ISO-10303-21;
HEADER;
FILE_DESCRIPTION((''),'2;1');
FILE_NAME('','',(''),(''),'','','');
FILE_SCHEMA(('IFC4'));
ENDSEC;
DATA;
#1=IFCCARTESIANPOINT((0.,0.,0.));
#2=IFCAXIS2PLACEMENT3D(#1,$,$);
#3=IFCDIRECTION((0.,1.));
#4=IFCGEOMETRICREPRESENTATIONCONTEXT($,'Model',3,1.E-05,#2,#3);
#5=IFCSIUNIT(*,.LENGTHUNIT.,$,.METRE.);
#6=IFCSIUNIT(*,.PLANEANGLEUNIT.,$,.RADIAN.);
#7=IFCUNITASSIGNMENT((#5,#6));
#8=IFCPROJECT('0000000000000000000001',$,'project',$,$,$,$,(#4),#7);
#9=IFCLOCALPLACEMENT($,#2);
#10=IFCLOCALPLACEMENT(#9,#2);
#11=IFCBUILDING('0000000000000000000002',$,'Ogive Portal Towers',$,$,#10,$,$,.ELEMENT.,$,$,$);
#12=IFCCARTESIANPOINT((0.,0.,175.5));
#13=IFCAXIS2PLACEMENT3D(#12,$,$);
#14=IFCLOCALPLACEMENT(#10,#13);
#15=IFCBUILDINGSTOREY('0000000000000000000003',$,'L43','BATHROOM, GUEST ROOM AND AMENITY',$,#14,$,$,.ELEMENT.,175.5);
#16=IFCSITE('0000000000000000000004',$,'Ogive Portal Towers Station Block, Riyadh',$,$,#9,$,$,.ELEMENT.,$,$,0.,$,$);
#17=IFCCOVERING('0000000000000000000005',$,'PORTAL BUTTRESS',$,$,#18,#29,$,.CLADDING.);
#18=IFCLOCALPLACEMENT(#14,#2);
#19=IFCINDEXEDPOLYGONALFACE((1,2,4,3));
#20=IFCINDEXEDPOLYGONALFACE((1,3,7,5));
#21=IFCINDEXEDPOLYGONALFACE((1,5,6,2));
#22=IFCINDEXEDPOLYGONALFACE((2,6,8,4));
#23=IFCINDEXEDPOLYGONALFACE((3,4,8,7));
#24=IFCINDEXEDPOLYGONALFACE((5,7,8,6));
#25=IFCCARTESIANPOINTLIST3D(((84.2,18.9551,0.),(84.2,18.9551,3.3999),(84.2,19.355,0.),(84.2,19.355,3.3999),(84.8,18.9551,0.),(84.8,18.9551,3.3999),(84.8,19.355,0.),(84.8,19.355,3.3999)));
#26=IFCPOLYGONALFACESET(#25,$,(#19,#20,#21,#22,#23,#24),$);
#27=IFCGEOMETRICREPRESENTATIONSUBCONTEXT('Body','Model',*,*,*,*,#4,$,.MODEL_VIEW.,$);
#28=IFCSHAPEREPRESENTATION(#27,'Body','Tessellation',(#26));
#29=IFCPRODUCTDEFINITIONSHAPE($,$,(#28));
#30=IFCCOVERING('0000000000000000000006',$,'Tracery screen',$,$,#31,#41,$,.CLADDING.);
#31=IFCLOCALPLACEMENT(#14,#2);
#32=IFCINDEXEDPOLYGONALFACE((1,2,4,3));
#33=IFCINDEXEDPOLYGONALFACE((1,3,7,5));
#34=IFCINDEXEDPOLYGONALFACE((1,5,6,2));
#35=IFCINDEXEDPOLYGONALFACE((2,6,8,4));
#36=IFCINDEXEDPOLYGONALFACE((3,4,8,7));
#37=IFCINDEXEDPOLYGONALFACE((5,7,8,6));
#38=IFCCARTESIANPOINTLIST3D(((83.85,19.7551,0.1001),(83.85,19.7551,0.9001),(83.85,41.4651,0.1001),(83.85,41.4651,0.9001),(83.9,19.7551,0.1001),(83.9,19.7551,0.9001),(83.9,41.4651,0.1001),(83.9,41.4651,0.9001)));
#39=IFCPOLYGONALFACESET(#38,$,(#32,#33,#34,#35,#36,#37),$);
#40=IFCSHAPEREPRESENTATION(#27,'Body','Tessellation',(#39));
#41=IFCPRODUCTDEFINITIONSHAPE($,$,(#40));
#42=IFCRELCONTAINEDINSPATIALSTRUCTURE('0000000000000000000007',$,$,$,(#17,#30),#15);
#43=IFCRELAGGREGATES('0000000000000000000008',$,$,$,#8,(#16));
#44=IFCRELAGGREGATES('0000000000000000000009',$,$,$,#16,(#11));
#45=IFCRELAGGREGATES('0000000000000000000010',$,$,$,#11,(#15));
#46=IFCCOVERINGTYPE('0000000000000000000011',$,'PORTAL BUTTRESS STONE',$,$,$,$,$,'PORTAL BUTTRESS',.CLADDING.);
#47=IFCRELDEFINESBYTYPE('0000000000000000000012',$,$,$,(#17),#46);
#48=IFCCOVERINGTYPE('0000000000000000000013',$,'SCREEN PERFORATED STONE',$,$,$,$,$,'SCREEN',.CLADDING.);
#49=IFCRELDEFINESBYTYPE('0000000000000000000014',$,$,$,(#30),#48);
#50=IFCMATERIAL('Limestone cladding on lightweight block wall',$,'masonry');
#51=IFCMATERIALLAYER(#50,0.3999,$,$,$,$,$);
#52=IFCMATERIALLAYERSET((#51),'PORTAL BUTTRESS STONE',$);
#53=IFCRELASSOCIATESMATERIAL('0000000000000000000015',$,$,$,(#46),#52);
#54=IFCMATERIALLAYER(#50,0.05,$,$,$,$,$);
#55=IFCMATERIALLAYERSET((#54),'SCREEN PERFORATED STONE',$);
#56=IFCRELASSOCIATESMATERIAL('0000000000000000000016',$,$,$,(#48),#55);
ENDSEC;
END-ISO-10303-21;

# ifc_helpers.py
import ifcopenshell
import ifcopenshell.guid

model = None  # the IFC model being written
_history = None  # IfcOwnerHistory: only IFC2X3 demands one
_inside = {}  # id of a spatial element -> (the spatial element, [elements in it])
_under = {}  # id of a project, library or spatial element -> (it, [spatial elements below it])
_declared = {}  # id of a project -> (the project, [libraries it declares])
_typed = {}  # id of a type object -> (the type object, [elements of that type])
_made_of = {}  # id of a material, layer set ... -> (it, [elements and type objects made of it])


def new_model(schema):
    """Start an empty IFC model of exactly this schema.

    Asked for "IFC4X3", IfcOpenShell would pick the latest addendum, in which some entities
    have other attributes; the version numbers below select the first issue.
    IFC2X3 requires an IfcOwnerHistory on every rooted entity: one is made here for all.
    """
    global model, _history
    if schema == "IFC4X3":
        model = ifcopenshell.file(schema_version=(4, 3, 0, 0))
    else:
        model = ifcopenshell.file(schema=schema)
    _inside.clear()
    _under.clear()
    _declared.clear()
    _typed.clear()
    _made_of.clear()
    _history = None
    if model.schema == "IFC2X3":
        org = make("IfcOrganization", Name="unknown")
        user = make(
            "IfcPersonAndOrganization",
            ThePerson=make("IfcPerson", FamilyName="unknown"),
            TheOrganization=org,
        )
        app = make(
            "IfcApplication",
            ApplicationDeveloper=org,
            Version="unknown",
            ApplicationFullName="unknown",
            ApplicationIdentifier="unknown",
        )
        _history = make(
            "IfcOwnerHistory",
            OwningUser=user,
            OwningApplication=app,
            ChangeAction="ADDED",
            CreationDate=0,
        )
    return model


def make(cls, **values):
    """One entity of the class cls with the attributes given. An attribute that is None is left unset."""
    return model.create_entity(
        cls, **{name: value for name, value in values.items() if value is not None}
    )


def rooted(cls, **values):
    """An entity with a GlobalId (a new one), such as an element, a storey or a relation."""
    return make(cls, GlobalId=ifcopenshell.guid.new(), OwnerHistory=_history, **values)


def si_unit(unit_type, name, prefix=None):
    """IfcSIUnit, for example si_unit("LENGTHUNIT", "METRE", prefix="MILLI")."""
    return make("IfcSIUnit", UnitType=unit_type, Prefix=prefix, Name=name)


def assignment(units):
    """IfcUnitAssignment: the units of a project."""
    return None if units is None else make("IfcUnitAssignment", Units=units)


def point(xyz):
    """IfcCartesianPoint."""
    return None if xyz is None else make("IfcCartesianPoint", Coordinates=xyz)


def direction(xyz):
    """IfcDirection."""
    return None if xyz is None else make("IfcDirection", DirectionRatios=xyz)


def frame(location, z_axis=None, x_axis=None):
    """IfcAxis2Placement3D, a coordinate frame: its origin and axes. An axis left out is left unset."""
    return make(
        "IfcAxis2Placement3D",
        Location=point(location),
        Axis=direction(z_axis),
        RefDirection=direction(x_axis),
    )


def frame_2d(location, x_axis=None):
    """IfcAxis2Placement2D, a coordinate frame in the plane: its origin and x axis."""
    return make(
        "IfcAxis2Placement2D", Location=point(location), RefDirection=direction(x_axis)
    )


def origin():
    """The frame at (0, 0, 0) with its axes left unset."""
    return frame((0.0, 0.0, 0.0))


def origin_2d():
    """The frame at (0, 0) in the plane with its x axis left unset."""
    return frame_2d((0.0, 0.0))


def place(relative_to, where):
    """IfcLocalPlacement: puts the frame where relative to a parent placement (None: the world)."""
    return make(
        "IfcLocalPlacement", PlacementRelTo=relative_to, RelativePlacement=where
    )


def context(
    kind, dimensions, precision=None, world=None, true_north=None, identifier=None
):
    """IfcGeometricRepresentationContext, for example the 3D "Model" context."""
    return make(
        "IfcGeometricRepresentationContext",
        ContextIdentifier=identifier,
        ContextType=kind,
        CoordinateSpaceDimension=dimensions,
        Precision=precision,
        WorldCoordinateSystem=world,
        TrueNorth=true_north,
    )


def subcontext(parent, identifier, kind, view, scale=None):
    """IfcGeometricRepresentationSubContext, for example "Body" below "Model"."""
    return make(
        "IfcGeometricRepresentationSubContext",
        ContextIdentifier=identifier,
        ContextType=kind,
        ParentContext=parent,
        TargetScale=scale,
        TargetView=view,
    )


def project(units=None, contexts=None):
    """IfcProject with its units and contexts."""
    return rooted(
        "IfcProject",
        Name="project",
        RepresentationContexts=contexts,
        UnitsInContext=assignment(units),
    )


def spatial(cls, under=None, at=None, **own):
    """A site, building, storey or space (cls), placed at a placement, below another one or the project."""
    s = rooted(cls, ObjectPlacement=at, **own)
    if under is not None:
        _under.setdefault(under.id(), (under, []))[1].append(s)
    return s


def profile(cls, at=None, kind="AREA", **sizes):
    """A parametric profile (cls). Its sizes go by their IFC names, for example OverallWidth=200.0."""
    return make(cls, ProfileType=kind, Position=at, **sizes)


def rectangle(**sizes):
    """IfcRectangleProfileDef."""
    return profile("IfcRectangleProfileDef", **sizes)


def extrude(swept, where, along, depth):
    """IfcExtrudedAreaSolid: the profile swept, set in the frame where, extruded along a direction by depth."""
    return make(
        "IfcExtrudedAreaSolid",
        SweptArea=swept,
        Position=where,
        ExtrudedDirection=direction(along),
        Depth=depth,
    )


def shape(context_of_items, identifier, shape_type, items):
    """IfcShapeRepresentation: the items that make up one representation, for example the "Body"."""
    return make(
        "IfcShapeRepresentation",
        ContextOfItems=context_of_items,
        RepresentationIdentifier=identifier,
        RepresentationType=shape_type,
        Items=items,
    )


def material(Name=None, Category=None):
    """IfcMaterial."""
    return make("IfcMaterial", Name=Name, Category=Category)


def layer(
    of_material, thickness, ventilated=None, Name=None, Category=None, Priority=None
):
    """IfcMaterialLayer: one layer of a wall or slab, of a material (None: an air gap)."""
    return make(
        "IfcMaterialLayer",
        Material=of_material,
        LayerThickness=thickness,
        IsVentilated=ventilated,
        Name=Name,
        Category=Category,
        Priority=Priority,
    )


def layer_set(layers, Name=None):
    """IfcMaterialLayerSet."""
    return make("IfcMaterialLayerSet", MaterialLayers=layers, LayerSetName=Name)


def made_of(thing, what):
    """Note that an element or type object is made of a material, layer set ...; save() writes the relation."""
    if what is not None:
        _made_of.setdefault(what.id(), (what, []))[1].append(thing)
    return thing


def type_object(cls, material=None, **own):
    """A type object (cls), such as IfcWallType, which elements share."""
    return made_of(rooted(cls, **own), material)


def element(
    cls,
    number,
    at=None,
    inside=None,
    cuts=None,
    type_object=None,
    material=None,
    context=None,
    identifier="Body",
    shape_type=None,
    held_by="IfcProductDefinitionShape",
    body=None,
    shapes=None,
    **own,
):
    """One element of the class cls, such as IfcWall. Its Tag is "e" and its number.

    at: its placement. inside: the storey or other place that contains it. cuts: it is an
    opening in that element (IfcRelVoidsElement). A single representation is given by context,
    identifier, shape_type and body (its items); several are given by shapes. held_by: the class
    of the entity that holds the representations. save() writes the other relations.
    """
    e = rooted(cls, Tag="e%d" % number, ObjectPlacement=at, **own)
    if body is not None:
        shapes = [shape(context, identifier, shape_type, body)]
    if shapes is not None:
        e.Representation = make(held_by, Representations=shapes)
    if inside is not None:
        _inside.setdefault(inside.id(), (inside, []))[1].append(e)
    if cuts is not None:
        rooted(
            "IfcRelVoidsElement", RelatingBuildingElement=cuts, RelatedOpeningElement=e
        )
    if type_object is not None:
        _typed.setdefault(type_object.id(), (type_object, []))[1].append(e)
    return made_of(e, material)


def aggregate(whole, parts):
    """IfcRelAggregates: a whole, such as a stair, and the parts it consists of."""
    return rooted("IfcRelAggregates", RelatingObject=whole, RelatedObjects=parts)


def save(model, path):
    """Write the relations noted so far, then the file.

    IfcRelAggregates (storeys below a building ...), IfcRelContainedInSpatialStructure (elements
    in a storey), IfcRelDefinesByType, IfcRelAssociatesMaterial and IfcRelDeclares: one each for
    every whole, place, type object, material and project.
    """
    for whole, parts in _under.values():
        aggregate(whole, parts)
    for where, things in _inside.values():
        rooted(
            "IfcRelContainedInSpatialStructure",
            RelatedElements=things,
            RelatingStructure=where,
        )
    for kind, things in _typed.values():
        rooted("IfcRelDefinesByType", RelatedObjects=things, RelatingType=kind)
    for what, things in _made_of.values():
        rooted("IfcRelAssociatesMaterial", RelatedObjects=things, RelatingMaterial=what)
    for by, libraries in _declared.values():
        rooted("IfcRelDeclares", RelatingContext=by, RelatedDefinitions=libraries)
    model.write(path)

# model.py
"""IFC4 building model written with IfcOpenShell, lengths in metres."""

from ifc_helpers import new_model, si_unit, direction, frame, origin, origin_2d, place, context, subcontext, project, spatial, rectangle, extrude, material, layer, layer_set, type_object, element, save


model = new_model("IFC4")

# Units and contexts
model_context = context("Model", 3, precision=1e-05, world=origin(), true_north=direction((0.0, 1.0)))
body_context = subcontext(model_context, "Body", "Model", "MODEL_VIEW")
ifc_project = project(units=[si_unit("LENGTHUNIT", "METRE"), si_unit("PLANEANGLEUNIT", "RADIAN")], contexts=[model_context])

# Site, building, storey
site_placement = place(None, origin())
site = spatial("IfcSite", under=ifc_project, at=site_placement, Name="Ogive Portal Towers Station Block, Riyadh", CompositionType="ELEMENT", RefElevation=0.0)
building_placement = place(site_placement, origin())
building = spatial("IfcBuilding", under=site, at=building_placement, Name="Ogive Portal Towers", CompositionType="ELEMENT")
storey_placement = place(building_placement, frame((0.0, 0.0, 175.5)))
storey = spatial("IfcBuildingStorey", under=building, at=storey_placement, Name="L43", Description="BATHROOM, GUEST ROOM AND AMENITY", CompositionType="ELEMENT", Elevation=175.5)

# Shared definitions
ifc_material_1 = material(Name="Limestone cladding on lightweight block wall", Category="masonry")

# Coverings
ifc_layer_1 = layer(ifc_material_1, 0.3999)
ifc_layer_set_1 = layer_set([ifc_layer_1], Name="PORTAL BUTTRESS STONE")
covering_type_1 = type_object("IfcCoveringType", Name="PORTAL BUTTRESS STONE", ElementType="PORTAL BUTTRESS", PredefinedType="CLADDING", material=ifc_layer_set_1)
covering_1_placement = place(storey_placement, frame((84.5, 19.155, 0.0), z_axis=(0.0, 0.0, 1.0), x_axis=(1.0, 0.0, 0.0)))
element("IfcCovering", 1, at=covering_1_placement, inside=storey, type_object=covering_type_1, Name="PORTAL BUTTRESS", PredefinedType="CLADDING", context=body_context, shape_type="SweptSolid", body=[
    extrude(rectangle(XDim=0.6001, YDim=0.3999, at=origin_2d()), origin(), (0.0, 0.0, 1.0), 3.3999),
])
ifc_layer_2 = layer(ifc_material_1, 0.05)
ifc_layer_set_2 = layer_set([ifc_layer_2], Name="SCREEN PERFORATED STONE")
covering_type_2 = type_object("IfcCoveringType", Name="SCREEN PERFORATED STONE", ElementType="SCREEN", PredefinedType="CLADDING", material=ifc_layer_set_2)
covering_2_placement = place(storey_placement, frame((83.875, 30.6101, 0.1001), z_axis=(0.0, 0.0, 1.0), x_axis=(0.0, -1.0, 0.0)))
element("IfcCovering", 2, at=covering_2_placement, inside=storey, type_object=covering_type_2, Name="Tracery screen", PredefinedType="CLADDING", context=body_context, shape_type="SweptSolid", body=[
    extrude(rectangle(XDim=21.71, YDim=0.05, at=origin_2d()), origin(), (0.0, 0.0, 1.0), 0.8),
])

save(model, "model.ifc")
